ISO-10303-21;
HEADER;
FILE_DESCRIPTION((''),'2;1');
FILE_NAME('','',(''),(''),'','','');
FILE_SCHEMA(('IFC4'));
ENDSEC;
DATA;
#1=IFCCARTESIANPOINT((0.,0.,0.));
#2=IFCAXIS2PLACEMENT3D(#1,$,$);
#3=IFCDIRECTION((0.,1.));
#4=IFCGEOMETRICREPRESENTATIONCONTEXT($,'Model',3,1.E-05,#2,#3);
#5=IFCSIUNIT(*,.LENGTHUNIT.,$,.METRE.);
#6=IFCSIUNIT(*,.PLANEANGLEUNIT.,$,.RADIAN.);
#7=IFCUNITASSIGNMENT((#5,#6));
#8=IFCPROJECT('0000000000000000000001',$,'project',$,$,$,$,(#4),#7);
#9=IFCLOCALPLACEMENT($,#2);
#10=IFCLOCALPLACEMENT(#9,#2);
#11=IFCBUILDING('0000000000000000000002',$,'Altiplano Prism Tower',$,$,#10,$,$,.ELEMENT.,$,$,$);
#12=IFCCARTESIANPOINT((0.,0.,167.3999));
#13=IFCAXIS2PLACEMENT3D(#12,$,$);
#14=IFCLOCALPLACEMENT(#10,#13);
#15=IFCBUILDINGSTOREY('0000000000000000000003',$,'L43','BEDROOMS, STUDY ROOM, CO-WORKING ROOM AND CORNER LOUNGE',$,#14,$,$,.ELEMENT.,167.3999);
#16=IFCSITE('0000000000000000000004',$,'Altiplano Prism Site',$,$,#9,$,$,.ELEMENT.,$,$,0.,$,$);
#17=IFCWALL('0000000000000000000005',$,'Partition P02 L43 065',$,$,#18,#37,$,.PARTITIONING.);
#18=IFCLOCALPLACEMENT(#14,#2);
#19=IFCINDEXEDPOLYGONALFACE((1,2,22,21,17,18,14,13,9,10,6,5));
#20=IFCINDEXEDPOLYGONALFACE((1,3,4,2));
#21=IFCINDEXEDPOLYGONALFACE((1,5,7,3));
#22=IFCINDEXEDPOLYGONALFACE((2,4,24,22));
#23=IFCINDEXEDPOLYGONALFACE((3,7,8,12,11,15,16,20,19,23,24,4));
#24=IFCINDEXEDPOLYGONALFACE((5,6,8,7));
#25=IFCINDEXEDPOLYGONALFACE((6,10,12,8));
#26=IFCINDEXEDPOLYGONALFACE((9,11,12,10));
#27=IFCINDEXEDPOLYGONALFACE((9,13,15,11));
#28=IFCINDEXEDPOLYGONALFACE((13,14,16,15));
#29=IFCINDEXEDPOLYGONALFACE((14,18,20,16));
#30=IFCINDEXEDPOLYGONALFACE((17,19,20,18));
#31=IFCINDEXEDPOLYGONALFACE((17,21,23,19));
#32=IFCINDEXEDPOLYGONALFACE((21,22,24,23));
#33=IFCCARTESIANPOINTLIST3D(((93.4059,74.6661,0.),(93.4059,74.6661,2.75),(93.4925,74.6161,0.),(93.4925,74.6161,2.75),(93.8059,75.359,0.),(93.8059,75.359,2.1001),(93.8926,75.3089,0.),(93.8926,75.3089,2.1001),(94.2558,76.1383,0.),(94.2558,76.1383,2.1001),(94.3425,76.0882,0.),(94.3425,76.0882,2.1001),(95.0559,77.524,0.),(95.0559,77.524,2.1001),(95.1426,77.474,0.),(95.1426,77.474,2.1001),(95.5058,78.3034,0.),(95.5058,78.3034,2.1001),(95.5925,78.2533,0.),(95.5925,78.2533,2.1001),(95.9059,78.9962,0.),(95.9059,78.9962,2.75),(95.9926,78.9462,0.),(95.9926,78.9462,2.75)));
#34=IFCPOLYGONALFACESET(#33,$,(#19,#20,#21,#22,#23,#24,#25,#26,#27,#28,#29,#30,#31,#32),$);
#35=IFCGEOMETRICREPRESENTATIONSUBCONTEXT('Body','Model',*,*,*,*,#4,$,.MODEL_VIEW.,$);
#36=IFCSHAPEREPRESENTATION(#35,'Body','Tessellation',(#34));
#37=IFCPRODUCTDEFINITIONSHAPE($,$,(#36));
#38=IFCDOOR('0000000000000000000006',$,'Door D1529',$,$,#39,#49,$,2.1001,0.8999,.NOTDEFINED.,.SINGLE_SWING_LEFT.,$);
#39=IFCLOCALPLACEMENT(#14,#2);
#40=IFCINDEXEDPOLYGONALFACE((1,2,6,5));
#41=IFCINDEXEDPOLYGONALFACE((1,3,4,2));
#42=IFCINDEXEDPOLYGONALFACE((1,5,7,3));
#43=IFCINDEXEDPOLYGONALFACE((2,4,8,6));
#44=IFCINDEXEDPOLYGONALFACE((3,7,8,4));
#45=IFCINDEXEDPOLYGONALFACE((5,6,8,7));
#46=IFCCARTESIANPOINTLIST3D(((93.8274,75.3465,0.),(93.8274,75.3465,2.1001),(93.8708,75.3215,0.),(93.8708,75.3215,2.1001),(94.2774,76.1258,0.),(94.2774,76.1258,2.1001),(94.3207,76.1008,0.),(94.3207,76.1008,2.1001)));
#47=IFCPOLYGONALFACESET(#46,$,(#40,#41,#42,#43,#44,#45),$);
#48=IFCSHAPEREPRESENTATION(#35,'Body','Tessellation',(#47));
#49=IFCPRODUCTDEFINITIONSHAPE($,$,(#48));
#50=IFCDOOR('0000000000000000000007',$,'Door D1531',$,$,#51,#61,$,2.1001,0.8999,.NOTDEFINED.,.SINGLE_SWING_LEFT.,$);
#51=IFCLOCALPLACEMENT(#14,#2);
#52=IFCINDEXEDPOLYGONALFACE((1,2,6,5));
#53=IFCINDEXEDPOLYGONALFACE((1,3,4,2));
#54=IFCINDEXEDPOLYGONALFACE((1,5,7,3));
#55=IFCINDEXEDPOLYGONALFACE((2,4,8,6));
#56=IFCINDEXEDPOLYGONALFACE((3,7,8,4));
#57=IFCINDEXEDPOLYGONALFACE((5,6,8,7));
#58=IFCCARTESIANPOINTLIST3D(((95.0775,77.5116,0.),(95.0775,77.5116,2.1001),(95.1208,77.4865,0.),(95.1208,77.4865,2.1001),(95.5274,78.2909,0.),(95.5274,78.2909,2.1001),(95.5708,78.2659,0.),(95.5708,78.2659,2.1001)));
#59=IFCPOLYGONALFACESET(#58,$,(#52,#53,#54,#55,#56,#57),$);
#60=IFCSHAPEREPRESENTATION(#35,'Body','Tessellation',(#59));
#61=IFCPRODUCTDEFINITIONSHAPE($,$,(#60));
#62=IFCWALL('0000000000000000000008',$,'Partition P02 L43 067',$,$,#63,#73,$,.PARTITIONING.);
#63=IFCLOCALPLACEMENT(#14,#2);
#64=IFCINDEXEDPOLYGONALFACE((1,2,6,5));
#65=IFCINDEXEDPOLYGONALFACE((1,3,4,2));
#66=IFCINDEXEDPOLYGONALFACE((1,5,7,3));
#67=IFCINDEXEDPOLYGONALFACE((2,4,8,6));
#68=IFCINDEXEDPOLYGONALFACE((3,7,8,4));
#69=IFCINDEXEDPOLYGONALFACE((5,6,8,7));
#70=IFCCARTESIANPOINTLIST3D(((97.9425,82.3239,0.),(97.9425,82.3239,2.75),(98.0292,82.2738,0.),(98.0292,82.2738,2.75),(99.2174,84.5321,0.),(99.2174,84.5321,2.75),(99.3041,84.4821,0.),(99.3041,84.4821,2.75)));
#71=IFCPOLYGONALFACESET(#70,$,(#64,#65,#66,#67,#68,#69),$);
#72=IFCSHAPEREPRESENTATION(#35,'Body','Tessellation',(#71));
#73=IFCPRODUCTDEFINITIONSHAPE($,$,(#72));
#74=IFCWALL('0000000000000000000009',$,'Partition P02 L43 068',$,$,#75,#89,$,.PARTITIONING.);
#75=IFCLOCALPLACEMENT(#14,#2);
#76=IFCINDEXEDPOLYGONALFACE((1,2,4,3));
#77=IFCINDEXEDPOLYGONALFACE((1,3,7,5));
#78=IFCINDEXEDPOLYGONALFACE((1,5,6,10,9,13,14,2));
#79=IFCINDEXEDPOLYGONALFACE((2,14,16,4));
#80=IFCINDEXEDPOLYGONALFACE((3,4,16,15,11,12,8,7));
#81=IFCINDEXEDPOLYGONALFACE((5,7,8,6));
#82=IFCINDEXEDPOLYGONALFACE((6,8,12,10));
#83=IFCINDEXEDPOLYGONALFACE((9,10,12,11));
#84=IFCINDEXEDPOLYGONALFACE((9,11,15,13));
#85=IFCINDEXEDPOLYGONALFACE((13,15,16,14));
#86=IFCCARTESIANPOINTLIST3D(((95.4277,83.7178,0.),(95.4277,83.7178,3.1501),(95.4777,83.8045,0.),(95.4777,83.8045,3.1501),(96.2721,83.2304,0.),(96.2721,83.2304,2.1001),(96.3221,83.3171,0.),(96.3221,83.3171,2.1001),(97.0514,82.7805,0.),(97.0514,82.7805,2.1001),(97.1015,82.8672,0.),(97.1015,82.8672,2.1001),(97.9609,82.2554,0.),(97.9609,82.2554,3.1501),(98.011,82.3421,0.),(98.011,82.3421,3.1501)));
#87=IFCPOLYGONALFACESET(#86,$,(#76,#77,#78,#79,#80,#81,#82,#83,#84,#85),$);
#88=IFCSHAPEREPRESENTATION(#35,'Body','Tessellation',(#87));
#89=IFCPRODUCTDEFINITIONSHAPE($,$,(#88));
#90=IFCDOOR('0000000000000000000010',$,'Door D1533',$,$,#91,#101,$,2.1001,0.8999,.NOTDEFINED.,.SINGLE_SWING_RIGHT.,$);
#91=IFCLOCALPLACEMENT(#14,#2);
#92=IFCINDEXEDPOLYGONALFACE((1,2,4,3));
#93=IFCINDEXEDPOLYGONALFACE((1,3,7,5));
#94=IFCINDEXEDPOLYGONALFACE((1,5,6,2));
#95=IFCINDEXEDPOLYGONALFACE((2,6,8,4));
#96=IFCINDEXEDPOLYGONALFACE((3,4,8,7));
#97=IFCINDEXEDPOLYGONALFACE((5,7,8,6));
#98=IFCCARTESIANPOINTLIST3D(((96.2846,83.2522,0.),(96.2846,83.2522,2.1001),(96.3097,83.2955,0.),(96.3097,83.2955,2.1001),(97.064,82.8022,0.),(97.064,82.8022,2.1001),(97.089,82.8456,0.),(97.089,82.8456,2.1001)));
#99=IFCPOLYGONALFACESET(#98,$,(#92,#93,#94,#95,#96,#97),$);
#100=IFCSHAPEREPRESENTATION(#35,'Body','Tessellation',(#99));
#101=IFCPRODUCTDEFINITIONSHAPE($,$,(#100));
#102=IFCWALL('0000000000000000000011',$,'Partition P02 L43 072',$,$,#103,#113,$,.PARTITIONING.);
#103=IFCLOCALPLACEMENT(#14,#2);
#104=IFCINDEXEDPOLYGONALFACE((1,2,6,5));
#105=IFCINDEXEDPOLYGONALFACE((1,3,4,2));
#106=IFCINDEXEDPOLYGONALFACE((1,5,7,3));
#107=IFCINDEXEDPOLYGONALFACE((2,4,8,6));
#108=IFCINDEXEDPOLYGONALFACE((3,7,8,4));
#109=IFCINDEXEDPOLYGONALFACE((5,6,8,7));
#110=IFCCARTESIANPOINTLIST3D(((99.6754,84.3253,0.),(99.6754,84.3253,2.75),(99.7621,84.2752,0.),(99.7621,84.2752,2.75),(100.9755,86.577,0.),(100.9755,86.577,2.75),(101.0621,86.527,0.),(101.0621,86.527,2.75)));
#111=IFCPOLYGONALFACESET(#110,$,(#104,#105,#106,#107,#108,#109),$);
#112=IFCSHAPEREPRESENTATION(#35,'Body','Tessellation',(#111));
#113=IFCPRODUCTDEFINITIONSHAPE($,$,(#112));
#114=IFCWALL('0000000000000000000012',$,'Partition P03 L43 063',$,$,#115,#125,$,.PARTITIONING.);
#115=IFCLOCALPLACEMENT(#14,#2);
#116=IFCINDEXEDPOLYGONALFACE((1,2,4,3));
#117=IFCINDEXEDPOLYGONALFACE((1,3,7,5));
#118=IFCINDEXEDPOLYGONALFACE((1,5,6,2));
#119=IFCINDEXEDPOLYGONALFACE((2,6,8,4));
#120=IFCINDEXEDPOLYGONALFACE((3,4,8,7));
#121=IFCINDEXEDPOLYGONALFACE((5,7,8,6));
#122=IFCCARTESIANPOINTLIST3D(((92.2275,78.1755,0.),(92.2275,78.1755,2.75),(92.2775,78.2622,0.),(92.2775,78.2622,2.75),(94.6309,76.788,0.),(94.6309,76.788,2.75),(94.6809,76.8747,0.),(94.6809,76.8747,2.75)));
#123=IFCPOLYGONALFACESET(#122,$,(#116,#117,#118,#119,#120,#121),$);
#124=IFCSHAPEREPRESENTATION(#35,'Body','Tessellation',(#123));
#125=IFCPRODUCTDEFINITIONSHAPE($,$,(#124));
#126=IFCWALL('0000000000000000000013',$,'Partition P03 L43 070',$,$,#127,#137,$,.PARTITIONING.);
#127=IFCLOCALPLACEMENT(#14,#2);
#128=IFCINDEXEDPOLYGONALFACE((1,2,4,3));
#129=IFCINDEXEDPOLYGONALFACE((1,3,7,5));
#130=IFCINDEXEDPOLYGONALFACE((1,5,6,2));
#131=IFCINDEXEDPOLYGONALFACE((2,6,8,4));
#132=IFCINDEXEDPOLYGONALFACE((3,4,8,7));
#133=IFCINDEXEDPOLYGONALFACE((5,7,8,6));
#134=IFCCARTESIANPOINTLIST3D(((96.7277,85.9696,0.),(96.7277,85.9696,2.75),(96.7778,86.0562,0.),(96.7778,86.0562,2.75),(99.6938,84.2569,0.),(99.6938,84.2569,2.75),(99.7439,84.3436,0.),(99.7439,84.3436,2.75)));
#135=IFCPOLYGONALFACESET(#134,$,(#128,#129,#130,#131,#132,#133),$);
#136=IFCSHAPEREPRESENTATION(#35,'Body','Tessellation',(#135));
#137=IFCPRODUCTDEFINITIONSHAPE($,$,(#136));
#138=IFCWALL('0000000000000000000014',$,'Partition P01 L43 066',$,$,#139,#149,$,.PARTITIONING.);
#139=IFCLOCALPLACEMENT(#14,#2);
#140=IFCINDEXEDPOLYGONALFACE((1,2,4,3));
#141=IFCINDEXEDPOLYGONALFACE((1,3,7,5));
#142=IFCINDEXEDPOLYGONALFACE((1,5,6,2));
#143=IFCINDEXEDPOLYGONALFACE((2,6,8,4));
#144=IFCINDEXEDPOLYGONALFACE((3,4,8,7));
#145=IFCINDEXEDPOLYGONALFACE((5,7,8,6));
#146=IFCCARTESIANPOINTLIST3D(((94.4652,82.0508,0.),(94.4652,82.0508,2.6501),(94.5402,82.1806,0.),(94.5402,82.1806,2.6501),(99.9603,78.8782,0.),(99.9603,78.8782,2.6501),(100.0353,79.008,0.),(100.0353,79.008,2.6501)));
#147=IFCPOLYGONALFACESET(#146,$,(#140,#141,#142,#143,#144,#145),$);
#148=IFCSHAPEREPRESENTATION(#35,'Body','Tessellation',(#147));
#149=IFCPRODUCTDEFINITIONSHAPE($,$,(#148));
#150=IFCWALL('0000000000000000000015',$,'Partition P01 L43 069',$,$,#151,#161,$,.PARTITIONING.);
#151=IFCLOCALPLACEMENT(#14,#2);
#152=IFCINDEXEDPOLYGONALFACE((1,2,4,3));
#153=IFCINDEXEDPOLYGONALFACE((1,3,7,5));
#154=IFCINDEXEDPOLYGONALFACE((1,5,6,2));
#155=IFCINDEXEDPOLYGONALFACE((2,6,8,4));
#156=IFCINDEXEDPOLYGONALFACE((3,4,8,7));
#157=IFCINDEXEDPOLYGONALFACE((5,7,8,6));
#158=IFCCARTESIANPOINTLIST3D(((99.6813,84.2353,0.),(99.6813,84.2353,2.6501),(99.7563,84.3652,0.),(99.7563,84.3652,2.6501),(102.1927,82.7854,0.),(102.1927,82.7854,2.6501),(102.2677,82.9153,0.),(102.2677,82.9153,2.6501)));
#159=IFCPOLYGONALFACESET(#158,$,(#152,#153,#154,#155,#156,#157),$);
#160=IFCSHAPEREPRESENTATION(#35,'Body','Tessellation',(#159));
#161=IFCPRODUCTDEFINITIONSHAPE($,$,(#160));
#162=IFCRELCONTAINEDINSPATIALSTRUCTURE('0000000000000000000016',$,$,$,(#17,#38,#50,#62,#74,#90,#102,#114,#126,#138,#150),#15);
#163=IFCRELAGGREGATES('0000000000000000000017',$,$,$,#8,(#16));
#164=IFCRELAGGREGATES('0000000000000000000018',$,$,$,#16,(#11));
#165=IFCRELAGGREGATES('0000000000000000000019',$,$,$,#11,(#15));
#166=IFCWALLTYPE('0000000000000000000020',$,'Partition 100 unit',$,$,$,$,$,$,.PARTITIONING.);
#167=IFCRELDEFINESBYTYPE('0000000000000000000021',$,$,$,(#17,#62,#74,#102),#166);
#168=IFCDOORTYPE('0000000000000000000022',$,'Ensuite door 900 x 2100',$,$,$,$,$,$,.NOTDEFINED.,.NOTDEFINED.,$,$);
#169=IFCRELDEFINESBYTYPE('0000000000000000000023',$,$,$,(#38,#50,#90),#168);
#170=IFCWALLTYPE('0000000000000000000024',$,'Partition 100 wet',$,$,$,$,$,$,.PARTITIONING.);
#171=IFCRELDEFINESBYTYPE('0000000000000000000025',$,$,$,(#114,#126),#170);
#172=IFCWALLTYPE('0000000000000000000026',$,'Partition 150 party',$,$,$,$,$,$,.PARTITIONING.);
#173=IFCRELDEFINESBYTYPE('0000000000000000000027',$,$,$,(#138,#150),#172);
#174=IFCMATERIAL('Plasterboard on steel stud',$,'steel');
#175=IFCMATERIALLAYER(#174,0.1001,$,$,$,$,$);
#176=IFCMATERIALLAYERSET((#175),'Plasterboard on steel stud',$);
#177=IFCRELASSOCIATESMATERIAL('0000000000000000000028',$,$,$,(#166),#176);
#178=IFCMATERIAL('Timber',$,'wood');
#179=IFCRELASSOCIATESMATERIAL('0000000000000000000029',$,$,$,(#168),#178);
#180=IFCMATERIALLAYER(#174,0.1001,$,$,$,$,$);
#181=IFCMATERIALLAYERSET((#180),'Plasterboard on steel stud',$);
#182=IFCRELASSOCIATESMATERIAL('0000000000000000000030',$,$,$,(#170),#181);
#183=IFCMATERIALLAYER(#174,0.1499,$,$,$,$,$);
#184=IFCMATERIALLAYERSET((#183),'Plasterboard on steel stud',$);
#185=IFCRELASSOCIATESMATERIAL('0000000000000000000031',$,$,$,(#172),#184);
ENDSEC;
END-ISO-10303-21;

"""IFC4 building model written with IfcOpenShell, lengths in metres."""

from ifc_helpers import new_model, si_unit, direction, frame, frame_2d, origin, place, context, subcontext, project, spatial, rectangle, extrude, material, layer, layer_set, type_object, element, fill, save


model = new_model("IFC4")

# Units and contexts
model_context = context("Model", 3, precision=1e-05, world=origin(), true_north=direction((0.0, 1.0)))
body_context = subcontext(model_context, "Body", "Model", "MODEL_VIEW")
ifc_project = project(units=[si_unit("LENGTHUNIT", "METRE"), si_unit("PLANEANGLEUNIT", "RADIAN")], contexts=[model_context])

# Site, building, storey
site_placement = place(None, origin())
site = spatial("IfcSite", under=ifc_project, at=site_placement, Name="Altiplano Prism Site", CompositionType="ELEMENT", RefElevation=0.0)
building_placement = place(site_placement, origin())
building = spatial("IfcBuilding", under=site, at=building_placement, Name="Altiplano Prism Tower", CompositionType="ELEMENT")
storey_placement = place(building_placement, frame((0.0, 0.0, 167.3999)))
storey = spatial("IfcBuildingStorey", under=building, at=storey_placement, Name="L43", Description="BEDROOMS, STUDY ROOM, CO-WORKING ROOM AND CORNER LOUNGE", CompositionType="ELEMENT", Elevation=167.3999)

# Wall, openings, doors
ifc_material_1 = material(Name="Plasterboard on steel stud", Category="steel")
ifc_layer_1 = layer(ifc_material_1, 0.1001)
ifc_layer_set_1 = layer_set([ifc_layer_1], Name="Plasterboard on steel stud")
wall_type_1 = type_object("IfcWallType", Name="Partition 100 unit", PredefinedType="PARTITIONING", material=ifc_layer_set_1)
wall_1_placement = place(storey_placement, frame((95.9492, 78.9712, 0.0), z_axis=(0.0, 0.0, 1.0), x_axis=(-0.500004, -0.866023, 0.0)))
wall_1 = element("IfcWall", 1, at=wall_1_placement, inside=storey, type_object=wall_type_1, Name="Partition P02 L43 065", PredefinedType="PARTITIONING", context=body_context, shape_type="SweptSolid", body=[
    extrude(rectangle(XDim=5.0, YDim=0.1001, at=frame_2d((2.5, 0.0))), origin(), (0.0, 0.0, 1.0), 2.75),
])
opening_1_placement = place(wall_1_placement, frame((3.3, 0.0, 0.0)))
opening_1 = element("IfcOpeningElement", 2, at=opening_1_placement, cuts=wall_1, PredefinedType="OPENING", context=body_context, shape_type="SweptSolid", body=[
    extrude(rectangle(XDim=0.8999, YDim=2.1001, at=frame_2d((0.45, 1.05))), frame((0.0, 0.0605, 0.0), z_axis=(0.0, -1.0, 0.0), x_axis=(1.0, 0.0, 0.0)), (0.0, 0.0, 1.0), 0.1211),
])
opening_2_placement = place(wall_1_placement, frame((0.8, 0.0, 0.0)))
opening_2 = element("IfcOpeningElement", 3, at=opening_2_placement, cuts=wall_1, PredefinedType="OPENING", context=body_context, shape_type="SweptSolid", body=[
    extrude(rectangle(XDim=0.8999, YDim=2.1001, at=frame_2d((0.45, 1.05))), frame((0.0, 0.0605, 0.0), z_axis=(0.0, -1.0, 0.0), x_axis=(1.0, 0.0, 0.0)), (0.0, 0.0, 1.0), 0.1211),
])
ifc_material_2 = material(Name="Timber", Category="wood")
door_type = type_object("IfcDoorType", Name="Ensuite door 900 x 2100", OperationType="NOTDEFINED", PredefinedType="NOTDEFINED", material=ifc_material_2)
door_1_placement = place(opening_1_placement, origin())
door_1 = element("IfcDoor", 4, at=door_1_placement, inside=storey, type_object=door_type, Name="Door D1529", OperationType="SINGLE_SWING_LEFT", OverallHeight=2.1001, OverallWidth=0.8999, PredefinedType="NOTDEFINED", context=body_context, shape_type="SweptSolid", body=[
    extrude(rectangle(XDim=0.8999, YDim=2.1001, at=frame_2d((0.45, 1.05))), frame((0.0, 0.0249, 0.0), z_axis=(0.0, -1.0, 0.0), x_axis=(1.0, 0.0, 0.0)), (0.0, 0.0, 1.0), 0.05),
])
fill(opening_1, door_1)
door_2_placement = place(opening_2_placement, origin())
door_2 = element("IfcDoor", 5, at=door_2_placement, inside=storey, type_object=door_type, Name="Door D1531", OperationType="SINGLE_SWING_LEFT", OverallHeight=2.1001, OverallWidth=0.8999, PredefinedType="NOTDEFINED", context=body_context, shape_type="SweptSolid", body=[
    extrude(rectangle(XDim=0.8999, YDim=2.1001, at=frame_2d((0.45, 1.05))), frame((0.0, 0.0249, 0.0), z_axis=(0.0, -1.0, 0.0), x_axis=(1.0, 0.0, 0.0)), (0.0, 0.0, 1.0), 0.05),
])
fill(opening_2, door_2)

# Wall
wall_2_placement = place(storey_placement, frame((99.2607, 84.5071, 0.0), z_axis=(0.0, 0.0, 1.0), x_axis=(-0.49999, -0.866031, 0.0)))
element("IfcWall", 6, at=wall_2_placement, inside=storey, type_object=wall_type_1, Name="Partition P02 L43 067", PredefinedType="PARTITIONING", context=body_context, shape_type="SweptSolid", body=[
    extrude(rectangle(XDim=2.5498, YDim=0.1001, at=frame_2d((1.2749, 0.0))), origin(), (0.0, 0.0, 1.0), 2.75),
])

# Wall, opening, door
wall_3_placement = place(storey_placement, frame((97.9858, 82.2988, 0.0), z_axis=(0.0, 0.0, 1.0), x_axis=(-0.866047, 0.499963, 0.0)))
wall_3 = element("IfcWall", 7, at=wall_3_placement, inside=storey, type_object=wall_type_1, Name="Partition P02 L43 068", PredefinedType="PARTITIONING", context=body_context, shape_type="SweptSolid", body=[
    extrude(rectangle(XDim=2.925, YDim=0.1001, at=frame_2d((1.4624, 0.0))), origin(), (0.0, 0.0, 1.0), 3.1501),
])
opening_3_placement = place(wall_3_placement, frame((1.05, 0.0, 0.0)))
opening_3 = element("IfcOpeningElement", 8, at=opening_3_placement, cuts=wall_3, PredefinedType="OPENING", context=body_context, shape_type="SweptSolid", body=[
    extrude(rectangle(XDim=0.8999, YDim=2.1001, at=frame_2d((0.45, 1.05))), frame((0.0, 0.0605, 0.0), z_axis=(0.0, -1.0, 0.0), x_axis=(1.0, 0.0, 0.0)), (0.0, 0.0, 1.0), 0.1211),
])
door_3_placement = place(opening_3_placement, origin())
door_3 = element("IfcDoor", 9, at=door_3_placement, inside=storey, type_object=door_type, Name="Door D1533", OperationType="SINGLE_SWING_RIGHT", OverallHeight=2.1001, OverallWidth=0.8999, PredefinedType="NOTDEFINED", context=body_context, shape_type="SweptSolid", body=[
    extrude(rectangle(XDim=0.8999, YDim=2.1001, at=frame_2d((0.45, 1.05))), frame((0.0, 0.0249, 0.0), z_axis=(0.0, -1.0, 0.0), x_axis=(1.0, 0.0, 0.0)), (0.0, 0.0, 1.0), 0.05),
])
fill(opening_3, door_3)

# Walls
wall_4_placement = place(storey_placement, frame((101.0188, 86.552, 0.0), z_axis=(0.0, 0.0, 1.0), x_axis=(-0.500007, -0.866021, 0.0)))
element("IfcWall", 10, at=wall_4_placement, inside=storey, type_object=wall_type_1, Name="Partition P02 L43 072", PredefinedType="PARTITIONING", context=body_context, shape_type="SweptSolid", body=[
    extrude(rectangle(XDim=2.6001, YDim=0.1001, at=frame_2d((1.3, 0.0))), origin(), (0.0, 0.0, 1.0), 2.75),
])
ifc_layer_2 = layer(ifc_material_1, 0.1001)
ifc_layer_set_2 = layer_set([ifc_layer_2], Name="Plasterboard on steel stud")
wall_type_2 = type_object("IfcWallType", Name="Partition 100 wet", PredefinedType="PARTITIONING", material=ifc_layer_set_2)
wall_5_placement = place(storey_placement, frame((94.656, 76.8313, 0.0), z_axis=(0.0, 0.0, 1.0), x_axis=(-0.866042, 0.499971, 0.0)))
element("IfcWall", 11, at=wall_5_placement, inside=storey, type_object=wall_type_2, Name="Partition P03 L43 063", PredefinedType="PARTITIONING", context=body_context, shape_type="SweptSolid", body=[
    extrude(rectangle(XDim=2.7751, YDim=0.1001, at=frame_2d((1.3877, 0.0))), origin(), (0.0, 0.0, 1.0), 2.75),
])
wall_6_placement = place(storey_placement, frame((99.7188, 84.3003, 0.0), z_axis=(0.0, 0.0, 1.0), x_axis=(-0.866002, 0.500041, 0.0)))
element("IfcWall", 12, at=wall_6_placement, inside=storey, type_object=wall_type_2, Name="Partition P03 L43 070", PredefinedType="PARTITIONING", context=body_context, shape_type="SweptSolid", body=[
    extrude(rectangle(XDim=3.425, YDim=0.1001, at=frame_2d((1.7124, 0.0))), origin(), (0.0, 0.0, 1.0), 2.75),
])
ifc_layer_3 = layer(ifc_material_1, 0.1499)
ifc_layer_set_3 = layer_set([ifc_layer_3], Name="Plasterboard on steel stud")
wall_type_3 = type_object("IfcWallType", Name="Partition 150 party", PredefinedType="PARTITIONING", material=ifc_layer_set_3)
wall_7_placement = place(storey_placement, frame((99.9978, 78.9431, 0.0), z_axis=(0.0, 0.0, 1.0), x_axis=(-0.866025, 0.5, 0.0)))
element("IfcWall", 13, at=wall_7_placement, inside=storey, type_object=wall_type_3, Name="Partition P01 L43 066", PredefinedType="PARTITIONING", context=body_context, shape_type="SweptSolid", body=[
    extrude(rectangle(XDim=6.3452, YDim=0.1499, at=frame_2d((3.1726, 0.0))), origin(), (0.0, 0.0, 1.0), 2.6501),
])
wall_8_placement = place(storey_placement, frame((102.2302, 82.8503, 0.0), z_axis=(0.0, 0.0, 1.0), x_axis=(-0.866033, 0.499987, 0.0)))
element("IfcWall", 14, at=wall_8_placement, inside=storey, type_object=wall_type_3, Name="Partition P01 L43 069", PredefinedType="PARTITIONING", context=body_context, shape_type="SweptSolid", body=[
    extrude(rectangle(XDim=2.8999, YDim=0.1499, at=frame_2d((1.45, 0.0))), origin(), (0.0, 0.0, 1.0), 2.6501),
])

save(model, "model.ifc")
